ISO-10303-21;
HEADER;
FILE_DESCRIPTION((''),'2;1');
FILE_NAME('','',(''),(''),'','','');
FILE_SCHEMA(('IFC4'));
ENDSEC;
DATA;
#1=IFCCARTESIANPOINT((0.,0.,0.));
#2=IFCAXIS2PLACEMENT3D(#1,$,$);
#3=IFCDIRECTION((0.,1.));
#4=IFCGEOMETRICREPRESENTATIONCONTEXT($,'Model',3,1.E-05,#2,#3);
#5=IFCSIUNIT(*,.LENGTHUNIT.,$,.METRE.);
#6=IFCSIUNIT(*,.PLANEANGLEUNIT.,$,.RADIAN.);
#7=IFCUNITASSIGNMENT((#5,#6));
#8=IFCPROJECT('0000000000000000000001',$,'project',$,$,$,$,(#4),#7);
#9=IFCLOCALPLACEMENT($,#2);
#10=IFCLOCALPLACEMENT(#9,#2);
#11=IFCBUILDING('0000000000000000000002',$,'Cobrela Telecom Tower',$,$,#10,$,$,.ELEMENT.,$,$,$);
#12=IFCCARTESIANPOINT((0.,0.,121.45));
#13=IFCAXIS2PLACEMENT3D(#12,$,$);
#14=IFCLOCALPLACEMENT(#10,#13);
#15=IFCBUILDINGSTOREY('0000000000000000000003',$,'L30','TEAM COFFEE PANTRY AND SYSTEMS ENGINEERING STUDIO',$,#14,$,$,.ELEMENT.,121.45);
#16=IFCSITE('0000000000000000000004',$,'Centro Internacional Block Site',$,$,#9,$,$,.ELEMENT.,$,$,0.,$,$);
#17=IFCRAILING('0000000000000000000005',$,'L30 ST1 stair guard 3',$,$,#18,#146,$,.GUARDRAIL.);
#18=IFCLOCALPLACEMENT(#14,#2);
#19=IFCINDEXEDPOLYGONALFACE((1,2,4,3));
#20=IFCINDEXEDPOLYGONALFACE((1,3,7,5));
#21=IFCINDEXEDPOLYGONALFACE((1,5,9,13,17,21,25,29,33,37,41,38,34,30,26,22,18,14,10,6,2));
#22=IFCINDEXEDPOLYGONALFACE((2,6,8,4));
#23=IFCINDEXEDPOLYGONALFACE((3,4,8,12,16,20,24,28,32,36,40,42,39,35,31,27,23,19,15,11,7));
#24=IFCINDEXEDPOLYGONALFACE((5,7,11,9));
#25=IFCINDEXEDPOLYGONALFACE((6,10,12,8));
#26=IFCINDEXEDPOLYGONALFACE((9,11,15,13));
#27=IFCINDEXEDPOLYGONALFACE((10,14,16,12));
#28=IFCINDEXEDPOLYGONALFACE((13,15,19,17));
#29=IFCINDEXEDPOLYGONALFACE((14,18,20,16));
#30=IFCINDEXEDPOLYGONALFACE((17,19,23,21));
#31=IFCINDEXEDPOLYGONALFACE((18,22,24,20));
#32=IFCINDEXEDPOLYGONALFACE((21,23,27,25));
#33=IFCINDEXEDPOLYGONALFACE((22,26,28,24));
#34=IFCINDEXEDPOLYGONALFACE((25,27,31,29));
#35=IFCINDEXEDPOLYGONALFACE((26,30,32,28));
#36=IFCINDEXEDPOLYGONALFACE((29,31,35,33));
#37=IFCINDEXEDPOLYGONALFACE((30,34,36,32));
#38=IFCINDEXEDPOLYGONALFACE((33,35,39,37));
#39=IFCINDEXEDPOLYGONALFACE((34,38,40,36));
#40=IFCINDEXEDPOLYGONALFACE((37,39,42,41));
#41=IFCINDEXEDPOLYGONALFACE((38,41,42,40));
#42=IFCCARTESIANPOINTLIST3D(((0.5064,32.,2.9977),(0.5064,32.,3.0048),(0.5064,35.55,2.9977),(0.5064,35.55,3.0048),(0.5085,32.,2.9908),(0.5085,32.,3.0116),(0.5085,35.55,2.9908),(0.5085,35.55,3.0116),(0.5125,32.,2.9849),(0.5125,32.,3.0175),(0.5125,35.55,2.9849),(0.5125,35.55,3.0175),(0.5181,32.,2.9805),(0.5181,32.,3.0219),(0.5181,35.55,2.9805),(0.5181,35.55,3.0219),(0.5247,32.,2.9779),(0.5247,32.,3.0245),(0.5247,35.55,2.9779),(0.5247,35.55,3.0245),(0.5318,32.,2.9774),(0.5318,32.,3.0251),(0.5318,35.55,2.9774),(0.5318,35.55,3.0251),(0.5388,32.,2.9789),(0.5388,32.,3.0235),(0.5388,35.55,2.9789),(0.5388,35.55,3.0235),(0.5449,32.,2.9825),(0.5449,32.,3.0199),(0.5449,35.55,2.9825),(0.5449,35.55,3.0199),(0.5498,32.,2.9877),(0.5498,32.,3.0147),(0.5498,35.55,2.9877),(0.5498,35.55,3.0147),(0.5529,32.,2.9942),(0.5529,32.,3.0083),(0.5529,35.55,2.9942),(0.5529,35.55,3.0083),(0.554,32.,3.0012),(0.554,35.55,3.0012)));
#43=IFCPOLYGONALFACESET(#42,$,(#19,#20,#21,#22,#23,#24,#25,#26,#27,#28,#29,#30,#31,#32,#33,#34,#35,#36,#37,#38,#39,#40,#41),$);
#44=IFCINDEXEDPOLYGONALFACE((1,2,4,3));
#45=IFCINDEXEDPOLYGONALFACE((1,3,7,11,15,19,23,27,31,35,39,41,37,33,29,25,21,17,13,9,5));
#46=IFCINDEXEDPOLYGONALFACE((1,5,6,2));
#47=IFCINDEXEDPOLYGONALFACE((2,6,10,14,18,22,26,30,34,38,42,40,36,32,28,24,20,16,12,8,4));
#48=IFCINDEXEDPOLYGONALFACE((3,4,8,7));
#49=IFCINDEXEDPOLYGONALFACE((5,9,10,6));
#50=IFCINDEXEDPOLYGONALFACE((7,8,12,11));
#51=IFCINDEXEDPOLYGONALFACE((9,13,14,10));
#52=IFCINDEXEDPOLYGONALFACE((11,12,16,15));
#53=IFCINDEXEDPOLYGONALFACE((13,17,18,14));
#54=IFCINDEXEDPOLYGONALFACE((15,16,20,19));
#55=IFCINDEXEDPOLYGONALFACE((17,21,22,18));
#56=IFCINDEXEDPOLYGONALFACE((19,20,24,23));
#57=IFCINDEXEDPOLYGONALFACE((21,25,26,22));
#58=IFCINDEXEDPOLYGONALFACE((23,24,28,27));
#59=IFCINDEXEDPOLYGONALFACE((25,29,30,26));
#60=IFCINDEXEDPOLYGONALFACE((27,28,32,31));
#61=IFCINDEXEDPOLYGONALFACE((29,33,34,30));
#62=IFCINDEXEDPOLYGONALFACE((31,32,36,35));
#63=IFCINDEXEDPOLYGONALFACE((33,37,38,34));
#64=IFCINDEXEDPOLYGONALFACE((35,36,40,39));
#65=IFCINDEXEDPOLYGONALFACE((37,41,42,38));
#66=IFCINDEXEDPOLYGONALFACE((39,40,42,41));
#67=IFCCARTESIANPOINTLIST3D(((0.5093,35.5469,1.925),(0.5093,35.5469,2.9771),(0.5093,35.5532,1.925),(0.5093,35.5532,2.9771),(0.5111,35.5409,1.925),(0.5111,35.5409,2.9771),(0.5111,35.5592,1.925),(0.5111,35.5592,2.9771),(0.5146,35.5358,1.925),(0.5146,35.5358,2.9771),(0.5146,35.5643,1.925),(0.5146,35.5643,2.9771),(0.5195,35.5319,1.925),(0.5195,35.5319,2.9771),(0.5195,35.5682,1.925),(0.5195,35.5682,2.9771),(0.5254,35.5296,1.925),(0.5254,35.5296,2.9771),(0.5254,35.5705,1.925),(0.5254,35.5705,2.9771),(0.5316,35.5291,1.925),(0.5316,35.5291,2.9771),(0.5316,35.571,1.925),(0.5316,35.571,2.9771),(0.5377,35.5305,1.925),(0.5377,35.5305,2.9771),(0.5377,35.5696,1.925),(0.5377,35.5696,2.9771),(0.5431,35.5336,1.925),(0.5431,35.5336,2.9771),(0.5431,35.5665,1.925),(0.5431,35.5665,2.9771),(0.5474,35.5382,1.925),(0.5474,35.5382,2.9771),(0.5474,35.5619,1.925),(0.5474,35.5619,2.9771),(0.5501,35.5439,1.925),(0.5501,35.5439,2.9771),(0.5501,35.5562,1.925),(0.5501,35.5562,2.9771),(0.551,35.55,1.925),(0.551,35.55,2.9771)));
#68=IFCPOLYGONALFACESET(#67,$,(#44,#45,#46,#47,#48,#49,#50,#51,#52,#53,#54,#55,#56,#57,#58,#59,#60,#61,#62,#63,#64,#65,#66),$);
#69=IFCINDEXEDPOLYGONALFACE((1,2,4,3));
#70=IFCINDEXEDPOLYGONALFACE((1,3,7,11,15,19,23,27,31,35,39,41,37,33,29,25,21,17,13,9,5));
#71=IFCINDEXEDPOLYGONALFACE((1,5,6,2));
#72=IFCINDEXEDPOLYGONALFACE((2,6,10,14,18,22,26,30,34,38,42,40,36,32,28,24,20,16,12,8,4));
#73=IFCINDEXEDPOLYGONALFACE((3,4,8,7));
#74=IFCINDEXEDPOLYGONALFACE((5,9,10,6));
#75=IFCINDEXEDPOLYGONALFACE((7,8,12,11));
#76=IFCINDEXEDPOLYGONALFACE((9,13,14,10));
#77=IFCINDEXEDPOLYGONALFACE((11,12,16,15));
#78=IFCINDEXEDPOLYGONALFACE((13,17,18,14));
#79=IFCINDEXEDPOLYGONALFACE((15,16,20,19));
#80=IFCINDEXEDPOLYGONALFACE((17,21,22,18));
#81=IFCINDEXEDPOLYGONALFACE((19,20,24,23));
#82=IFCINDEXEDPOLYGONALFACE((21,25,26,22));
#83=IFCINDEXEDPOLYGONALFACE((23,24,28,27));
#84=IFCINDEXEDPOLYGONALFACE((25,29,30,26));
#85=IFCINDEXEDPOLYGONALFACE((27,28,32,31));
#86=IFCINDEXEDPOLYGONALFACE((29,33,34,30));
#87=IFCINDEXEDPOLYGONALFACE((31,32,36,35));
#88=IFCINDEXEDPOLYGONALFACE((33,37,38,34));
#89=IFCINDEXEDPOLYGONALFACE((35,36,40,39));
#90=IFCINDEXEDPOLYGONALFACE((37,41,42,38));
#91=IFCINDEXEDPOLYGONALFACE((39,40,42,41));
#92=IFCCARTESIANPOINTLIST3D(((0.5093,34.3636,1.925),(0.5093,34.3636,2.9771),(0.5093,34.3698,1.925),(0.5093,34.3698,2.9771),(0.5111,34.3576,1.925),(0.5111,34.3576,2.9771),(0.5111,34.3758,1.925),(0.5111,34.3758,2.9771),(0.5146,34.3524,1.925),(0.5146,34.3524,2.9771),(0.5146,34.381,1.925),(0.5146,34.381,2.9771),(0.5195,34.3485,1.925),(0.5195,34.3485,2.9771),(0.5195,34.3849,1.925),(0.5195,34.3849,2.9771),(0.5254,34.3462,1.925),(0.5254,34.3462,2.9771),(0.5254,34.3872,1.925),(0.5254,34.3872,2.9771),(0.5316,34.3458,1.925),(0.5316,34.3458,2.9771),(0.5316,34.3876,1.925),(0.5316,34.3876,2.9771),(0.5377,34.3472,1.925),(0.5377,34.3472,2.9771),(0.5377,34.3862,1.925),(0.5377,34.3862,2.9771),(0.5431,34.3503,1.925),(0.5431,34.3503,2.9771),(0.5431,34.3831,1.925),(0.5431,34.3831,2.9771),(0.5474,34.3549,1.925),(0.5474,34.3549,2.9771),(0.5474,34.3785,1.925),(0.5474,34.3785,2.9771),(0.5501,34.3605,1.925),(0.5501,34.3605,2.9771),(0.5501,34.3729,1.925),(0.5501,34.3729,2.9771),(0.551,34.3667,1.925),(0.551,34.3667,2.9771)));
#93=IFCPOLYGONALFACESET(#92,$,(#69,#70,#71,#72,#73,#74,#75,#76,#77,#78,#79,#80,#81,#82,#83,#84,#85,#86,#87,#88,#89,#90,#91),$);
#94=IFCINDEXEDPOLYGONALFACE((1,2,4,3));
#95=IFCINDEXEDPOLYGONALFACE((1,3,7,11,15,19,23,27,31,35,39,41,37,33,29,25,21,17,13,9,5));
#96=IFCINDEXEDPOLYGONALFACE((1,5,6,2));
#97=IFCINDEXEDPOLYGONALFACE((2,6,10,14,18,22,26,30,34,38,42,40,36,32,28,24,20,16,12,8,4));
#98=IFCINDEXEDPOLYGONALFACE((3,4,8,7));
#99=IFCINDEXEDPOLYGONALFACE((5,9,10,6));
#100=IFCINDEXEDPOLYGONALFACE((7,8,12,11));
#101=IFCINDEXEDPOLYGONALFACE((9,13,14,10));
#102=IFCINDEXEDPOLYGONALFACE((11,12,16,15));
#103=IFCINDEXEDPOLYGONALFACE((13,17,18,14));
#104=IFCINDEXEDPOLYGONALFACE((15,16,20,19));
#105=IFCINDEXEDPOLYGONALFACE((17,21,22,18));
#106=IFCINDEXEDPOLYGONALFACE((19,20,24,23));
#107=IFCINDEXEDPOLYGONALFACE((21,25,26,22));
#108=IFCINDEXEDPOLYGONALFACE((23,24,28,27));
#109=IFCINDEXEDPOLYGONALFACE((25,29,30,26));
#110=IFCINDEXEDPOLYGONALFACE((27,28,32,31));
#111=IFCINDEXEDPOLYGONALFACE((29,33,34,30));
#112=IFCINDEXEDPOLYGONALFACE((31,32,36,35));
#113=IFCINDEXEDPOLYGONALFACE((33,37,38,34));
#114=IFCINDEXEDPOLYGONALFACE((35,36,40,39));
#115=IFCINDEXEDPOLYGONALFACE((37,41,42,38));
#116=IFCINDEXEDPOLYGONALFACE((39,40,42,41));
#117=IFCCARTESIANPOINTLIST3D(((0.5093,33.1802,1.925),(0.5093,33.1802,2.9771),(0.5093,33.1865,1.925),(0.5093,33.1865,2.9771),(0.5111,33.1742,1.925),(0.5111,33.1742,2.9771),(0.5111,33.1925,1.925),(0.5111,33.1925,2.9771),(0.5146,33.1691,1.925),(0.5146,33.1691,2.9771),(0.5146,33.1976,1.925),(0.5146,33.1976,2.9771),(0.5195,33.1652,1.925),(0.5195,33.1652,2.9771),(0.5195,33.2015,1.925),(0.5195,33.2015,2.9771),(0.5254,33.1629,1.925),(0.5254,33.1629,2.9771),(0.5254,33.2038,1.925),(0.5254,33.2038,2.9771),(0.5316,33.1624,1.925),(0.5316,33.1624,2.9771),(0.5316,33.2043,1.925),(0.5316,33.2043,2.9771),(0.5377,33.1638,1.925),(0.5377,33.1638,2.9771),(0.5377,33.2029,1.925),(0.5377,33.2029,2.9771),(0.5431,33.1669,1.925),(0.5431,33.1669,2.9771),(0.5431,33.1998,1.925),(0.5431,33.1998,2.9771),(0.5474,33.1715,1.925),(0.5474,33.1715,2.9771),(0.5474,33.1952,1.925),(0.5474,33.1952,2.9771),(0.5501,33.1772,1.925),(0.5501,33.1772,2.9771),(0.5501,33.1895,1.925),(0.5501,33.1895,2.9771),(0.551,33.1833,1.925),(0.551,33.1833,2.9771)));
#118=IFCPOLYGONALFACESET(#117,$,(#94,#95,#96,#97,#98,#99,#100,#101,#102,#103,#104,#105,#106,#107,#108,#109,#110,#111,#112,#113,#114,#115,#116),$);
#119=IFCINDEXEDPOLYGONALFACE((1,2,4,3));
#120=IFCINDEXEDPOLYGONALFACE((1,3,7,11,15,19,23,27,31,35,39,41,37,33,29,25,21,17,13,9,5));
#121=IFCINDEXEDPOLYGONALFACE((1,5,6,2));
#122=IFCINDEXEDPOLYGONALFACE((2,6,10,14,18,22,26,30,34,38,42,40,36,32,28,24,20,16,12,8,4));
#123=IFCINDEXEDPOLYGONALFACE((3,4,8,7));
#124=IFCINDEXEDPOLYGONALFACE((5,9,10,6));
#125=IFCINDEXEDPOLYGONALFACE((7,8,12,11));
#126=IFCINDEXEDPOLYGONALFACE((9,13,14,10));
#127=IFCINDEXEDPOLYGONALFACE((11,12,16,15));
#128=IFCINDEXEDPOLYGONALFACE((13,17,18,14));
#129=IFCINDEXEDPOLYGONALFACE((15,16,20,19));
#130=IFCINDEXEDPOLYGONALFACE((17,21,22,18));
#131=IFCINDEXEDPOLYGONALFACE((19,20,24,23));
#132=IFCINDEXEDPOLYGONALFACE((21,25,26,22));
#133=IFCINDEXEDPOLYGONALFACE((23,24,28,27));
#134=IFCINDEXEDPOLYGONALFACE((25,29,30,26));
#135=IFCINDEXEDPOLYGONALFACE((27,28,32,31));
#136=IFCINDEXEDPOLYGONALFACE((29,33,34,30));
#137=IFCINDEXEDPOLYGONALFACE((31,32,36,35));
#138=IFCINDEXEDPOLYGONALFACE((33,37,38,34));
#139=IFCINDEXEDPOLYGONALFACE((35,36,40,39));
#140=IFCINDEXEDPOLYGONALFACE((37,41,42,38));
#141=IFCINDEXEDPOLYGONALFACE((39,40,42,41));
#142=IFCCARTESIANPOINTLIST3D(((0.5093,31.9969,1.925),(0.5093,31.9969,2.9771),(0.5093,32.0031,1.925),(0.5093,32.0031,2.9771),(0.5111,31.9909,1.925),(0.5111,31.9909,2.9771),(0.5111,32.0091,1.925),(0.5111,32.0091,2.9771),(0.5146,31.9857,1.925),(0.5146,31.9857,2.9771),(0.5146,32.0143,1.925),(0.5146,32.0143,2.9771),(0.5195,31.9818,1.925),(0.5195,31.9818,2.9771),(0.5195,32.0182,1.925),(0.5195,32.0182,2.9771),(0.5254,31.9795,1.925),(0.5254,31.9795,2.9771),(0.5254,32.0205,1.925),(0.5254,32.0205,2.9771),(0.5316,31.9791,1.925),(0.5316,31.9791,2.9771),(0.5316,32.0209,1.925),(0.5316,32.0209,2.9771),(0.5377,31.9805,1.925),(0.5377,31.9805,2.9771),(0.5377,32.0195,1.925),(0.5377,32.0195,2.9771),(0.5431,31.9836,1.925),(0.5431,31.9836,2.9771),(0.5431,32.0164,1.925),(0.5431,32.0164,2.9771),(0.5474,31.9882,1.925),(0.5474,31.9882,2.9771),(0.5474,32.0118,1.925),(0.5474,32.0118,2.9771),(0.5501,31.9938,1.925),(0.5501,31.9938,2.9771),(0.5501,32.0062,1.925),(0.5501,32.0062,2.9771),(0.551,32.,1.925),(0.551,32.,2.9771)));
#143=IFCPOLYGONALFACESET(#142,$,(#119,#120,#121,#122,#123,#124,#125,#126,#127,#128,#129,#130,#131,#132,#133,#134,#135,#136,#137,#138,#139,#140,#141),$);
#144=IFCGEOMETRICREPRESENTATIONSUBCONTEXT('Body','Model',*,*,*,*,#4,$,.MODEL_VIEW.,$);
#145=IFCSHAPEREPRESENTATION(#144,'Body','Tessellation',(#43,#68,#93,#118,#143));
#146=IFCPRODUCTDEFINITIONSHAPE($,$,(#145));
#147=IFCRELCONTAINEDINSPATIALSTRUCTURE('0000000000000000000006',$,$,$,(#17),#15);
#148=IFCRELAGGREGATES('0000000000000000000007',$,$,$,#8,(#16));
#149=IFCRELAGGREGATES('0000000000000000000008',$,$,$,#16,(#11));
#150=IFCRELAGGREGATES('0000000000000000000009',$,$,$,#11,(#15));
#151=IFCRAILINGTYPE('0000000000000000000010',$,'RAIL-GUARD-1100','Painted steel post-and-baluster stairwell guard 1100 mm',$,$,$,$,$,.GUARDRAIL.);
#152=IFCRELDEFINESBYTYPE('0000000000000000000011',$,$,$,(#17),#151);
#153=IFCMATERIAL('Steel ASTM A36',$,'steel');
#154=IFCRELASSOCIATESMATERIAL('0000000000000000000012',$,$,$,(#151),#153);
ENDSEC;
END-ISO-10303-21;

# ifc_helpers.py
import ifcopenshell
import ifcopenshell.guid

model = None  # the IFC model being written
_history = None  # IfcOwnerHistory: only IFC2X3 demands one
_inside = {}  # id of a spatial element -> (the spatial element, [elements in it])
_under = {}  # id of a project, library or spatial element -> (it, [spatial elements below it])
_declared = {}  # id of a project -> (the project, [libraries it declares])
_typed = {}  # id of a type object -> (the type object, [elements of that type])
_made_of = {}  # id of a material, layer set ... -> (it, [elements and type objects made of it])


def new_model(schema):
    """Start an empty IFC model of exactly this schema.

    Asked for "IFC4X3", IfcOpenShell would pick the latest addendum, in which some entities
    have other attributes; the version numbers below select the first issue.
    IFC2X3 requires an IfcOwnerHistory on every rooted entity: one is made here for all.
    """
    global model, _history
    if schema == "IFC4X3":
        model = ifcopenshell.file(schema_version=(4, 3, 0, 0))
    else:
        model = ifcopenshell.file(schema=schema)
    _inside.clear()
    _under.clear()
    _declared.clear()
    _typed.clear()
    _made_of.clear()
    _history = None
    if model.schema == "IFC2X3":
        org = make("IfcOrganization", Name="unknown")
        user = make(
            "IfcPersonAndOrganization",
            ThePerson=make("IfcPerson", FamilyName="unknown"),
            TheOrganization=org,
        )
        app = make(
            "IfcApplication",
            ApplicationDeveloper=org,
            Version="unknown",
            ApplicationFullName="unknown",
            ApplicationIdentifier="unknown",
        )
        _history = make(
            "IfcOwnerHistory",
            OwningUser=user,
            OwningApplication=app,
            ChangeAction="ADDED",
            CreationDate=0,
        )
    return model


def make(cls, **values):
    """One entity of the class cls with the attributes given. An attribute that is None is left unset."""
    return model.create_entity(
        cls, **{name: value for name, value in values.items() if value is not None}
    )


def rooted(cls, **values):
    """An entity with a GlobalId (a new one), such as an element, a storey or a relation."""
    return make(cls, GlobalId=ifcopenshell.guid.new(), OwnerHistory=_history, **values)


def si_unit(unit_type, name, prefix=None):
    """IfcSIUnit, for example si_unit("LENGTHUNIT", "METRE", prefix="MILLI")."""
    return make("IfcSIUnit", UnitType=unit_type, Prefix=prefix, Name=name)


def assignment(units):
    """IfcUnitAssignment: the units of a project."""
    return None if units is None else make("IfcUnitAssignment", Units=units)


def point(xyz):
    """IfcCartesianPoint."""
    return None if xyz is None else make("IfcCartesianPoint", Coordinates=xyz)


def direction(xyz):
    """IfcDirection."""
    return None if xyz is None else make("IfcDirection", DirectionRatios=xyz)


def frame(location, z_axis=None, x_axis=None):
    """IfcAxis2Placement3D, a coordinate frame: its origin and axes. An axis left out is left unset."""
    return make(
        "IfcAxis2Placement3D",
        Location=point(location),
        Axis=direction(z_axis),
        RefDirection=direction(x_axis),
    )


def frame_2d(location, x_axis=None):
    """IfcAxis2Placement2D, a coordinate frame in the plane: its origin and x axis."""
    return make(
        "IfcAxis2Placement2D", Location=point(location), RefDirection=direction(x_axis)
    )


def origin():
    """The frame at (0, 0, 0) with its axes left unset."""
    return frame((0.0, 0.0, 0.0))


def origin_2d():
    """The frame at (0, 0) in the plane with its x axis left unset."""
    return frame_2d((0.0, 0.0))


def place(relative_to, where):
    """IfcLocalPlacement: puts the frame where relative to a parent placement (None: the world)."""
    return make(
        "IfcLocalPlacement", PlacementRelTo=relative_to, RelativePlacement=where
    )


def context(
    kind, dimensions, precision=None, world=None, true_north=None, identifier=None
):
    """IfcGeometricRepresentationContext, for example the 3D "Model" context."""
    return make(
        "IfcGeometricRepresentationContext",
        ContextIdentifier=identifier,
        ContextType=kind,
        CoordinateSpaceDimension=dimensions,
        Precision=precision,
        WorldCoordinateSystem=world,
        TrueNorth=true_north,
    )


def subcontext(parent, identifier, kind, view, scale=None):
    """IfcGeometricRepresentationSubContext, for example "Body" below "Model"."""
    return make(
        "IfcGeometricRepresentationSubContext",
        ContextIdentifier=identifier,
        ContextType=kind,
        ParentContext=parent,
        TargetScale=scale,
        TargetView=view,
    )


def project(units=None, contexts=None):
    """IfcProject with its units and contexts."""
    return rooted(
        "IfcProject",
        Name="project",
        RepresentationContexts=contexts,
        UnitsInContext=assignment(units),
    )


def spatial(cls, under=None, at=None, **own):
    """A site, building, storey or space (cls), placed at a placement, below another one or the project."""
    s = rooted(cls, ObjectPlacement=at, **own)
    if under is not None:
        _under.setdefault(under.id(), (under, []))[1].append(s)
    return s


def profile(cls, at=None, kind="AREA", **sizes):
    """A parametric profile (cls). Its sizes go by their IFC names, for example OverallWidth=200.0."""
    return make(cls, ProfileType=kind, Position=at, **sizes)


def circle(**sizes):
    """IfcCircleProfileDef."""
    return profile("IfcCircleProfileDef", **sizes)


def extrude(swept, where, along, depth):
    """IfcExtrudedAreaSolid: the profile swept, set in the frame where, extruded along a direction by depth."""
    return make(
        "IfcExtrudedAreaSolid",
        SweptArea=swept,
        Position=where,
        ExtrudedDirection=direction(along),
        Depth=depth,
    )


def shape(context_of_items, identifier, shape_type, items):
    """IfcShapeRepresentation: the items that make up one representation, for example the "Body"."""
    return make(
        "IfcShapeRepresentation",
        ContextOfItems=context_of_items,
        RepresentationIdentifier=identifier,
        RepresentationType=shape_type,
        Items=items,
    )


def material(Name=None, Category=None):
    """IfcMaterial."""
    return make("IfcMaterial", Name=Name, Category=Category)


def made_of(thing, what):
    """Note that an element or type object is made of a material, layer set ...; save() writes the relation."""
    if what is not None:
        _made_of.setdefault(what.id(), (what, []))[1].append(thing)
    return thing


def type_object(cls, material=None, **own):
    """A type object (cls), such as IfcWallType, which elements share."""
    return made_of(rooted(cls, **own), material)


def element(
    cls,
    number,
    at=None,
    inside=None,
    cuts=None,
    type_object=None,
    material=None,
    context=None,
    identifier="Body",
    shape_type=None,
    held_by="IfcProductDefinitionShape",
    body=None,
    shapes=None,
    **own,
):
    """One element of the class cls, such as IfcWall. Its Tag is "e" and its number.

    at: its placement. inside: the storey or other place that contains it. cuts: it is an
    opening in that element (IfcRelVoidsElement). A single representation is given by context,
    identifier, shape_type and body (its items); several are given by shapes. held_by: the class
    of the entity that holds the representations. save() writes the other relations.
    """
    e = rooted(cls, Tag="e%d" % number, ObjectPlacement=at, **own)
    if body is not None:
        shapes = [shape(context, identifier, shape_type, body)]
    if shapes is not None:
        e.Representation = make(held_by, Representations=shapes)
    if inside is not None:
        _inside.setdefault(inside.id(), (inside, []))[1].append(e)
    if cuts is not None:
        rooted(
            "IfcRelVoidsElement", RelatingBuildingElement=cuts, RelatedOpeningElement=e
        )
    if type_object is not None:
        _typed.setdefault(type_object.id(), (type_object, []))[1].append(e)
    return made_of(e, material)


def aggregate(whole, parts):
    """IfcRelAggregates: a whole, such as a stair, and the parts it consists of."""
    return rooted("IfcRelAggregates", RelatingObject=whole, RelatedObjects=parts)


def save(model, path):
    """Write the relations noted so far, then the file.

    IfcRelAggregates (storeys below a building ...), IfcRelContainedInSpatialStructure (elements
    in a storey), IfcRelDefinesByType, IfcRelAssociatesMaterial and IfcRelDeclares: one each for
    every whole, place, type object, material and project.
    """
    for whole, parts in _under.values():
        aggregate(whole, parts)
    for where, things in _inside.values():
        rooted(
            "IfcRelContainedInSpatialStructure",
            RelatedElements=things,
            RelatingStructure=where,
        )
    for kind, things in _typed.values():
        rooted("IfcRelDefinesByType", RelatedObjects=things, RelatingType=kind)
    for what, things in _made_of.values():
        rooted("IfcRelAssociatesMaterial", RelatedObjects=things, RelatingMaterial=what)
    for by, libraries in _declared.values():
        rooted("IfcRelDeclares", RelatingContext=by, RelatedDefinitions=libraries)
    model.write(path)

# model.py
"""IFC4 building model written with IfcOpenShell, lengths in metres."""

from ifc_helpers import new_model, si_unit, direction, frame, origin, origin_2d, place, context, subcontext, project, spatial, circle, extrude, material, type_object, element, save


model = new_model("IFC4")

# Units and contexts
model_context = context("Model", 3, precision=1e-05, world=origin(), true_north=direction((0.0, 1.0)))
body_context = subcontext(model_context, "Body", "Model", "MODEL_VIEW")
ifc_project = project(units=[si_unit("LENGTHUNIT", "METRE"), si_unit("PLANEANGLEUNIT", "RADIAN")], contexts=[model_context])

# Site, building, storey
site_placement = place(None, origin())
site = spatial("IfcSite", under=ifc_project, at=site_placement, Name="Centro Internacional Block Site", CompositionType="ELEMENT", RefElevation=0.0)
building_placement = place(site_placement, origin())
building = spatial("IfcBuilding", under=site, at=building_placement, Name="Cobrela Telecom Tower", CompositionType="ELEMENT")
storey_placement = place(building_placement, frame((0.0, 0.0, 121.45)))
storey = spatial("IfcBuildingStorey", under=building, at=storey_placement, Name="L30", Description="TEAM COFFEE PANTRY AND SYSTEMS ENGINEERING STUDIO", CompositionType="ELEMENT", Elevation=121.45)

# Shared definitions
ifc_material_1 = material(Name="Steel ASTM A36", Category="steel")

# Railing
railing_type_1 = type_object("IfcRailingType", Name="RAIL-GUARD-1100", Description="Painted steel post-and-baluster stairwell guard 1100 mm", PredefinedType="GUARDRAIL", material=ifc_material_1)
railing_1_placement = place(storey_placement, frame((0.53, 35.55, 1.925)))
element("IfcRailing", 1, at=railing_1_placement, inside=storey, type_object=railing_type_1, Name="L30 ST1 stair guard 3", PredefinedType="GUARDRAIL", context=body_context, shape_type="SweptSolid", body=[
    extrude(circle(Radius=0.0239, at=origin_2d()), frame((0.0, 0.0, 1.0762), z_axis=(0.0, -1.0, 0.0), x_axis=(1.0, 0.0, 0.0)), (0.0, 0.0, 1.0), 3.55),
    extrude(circle(Radius=0.021, at=origin_2d()), origin(), (0.0, 0.0, 1.0), 1.052),
    extrude(circle(Radius=0.021, at=origin_2d()), frame((0.0, -1.1833, 0.0)), (0.0, 0.0, 1.0), 1.052),
    extrude(circle(Radius=0.021, at=origin_2d()), frame((0.0, -2.3667, 0.0)), (0.0, 0.0, 1.0), 1.052),
    extrude(circle(Radius=0.021, at=origin_2d()), frame((0.0, -3.55, 0.0)), (0.0, 0.0, 1.0), 1.052),
])

save(model, "model.ifc")
